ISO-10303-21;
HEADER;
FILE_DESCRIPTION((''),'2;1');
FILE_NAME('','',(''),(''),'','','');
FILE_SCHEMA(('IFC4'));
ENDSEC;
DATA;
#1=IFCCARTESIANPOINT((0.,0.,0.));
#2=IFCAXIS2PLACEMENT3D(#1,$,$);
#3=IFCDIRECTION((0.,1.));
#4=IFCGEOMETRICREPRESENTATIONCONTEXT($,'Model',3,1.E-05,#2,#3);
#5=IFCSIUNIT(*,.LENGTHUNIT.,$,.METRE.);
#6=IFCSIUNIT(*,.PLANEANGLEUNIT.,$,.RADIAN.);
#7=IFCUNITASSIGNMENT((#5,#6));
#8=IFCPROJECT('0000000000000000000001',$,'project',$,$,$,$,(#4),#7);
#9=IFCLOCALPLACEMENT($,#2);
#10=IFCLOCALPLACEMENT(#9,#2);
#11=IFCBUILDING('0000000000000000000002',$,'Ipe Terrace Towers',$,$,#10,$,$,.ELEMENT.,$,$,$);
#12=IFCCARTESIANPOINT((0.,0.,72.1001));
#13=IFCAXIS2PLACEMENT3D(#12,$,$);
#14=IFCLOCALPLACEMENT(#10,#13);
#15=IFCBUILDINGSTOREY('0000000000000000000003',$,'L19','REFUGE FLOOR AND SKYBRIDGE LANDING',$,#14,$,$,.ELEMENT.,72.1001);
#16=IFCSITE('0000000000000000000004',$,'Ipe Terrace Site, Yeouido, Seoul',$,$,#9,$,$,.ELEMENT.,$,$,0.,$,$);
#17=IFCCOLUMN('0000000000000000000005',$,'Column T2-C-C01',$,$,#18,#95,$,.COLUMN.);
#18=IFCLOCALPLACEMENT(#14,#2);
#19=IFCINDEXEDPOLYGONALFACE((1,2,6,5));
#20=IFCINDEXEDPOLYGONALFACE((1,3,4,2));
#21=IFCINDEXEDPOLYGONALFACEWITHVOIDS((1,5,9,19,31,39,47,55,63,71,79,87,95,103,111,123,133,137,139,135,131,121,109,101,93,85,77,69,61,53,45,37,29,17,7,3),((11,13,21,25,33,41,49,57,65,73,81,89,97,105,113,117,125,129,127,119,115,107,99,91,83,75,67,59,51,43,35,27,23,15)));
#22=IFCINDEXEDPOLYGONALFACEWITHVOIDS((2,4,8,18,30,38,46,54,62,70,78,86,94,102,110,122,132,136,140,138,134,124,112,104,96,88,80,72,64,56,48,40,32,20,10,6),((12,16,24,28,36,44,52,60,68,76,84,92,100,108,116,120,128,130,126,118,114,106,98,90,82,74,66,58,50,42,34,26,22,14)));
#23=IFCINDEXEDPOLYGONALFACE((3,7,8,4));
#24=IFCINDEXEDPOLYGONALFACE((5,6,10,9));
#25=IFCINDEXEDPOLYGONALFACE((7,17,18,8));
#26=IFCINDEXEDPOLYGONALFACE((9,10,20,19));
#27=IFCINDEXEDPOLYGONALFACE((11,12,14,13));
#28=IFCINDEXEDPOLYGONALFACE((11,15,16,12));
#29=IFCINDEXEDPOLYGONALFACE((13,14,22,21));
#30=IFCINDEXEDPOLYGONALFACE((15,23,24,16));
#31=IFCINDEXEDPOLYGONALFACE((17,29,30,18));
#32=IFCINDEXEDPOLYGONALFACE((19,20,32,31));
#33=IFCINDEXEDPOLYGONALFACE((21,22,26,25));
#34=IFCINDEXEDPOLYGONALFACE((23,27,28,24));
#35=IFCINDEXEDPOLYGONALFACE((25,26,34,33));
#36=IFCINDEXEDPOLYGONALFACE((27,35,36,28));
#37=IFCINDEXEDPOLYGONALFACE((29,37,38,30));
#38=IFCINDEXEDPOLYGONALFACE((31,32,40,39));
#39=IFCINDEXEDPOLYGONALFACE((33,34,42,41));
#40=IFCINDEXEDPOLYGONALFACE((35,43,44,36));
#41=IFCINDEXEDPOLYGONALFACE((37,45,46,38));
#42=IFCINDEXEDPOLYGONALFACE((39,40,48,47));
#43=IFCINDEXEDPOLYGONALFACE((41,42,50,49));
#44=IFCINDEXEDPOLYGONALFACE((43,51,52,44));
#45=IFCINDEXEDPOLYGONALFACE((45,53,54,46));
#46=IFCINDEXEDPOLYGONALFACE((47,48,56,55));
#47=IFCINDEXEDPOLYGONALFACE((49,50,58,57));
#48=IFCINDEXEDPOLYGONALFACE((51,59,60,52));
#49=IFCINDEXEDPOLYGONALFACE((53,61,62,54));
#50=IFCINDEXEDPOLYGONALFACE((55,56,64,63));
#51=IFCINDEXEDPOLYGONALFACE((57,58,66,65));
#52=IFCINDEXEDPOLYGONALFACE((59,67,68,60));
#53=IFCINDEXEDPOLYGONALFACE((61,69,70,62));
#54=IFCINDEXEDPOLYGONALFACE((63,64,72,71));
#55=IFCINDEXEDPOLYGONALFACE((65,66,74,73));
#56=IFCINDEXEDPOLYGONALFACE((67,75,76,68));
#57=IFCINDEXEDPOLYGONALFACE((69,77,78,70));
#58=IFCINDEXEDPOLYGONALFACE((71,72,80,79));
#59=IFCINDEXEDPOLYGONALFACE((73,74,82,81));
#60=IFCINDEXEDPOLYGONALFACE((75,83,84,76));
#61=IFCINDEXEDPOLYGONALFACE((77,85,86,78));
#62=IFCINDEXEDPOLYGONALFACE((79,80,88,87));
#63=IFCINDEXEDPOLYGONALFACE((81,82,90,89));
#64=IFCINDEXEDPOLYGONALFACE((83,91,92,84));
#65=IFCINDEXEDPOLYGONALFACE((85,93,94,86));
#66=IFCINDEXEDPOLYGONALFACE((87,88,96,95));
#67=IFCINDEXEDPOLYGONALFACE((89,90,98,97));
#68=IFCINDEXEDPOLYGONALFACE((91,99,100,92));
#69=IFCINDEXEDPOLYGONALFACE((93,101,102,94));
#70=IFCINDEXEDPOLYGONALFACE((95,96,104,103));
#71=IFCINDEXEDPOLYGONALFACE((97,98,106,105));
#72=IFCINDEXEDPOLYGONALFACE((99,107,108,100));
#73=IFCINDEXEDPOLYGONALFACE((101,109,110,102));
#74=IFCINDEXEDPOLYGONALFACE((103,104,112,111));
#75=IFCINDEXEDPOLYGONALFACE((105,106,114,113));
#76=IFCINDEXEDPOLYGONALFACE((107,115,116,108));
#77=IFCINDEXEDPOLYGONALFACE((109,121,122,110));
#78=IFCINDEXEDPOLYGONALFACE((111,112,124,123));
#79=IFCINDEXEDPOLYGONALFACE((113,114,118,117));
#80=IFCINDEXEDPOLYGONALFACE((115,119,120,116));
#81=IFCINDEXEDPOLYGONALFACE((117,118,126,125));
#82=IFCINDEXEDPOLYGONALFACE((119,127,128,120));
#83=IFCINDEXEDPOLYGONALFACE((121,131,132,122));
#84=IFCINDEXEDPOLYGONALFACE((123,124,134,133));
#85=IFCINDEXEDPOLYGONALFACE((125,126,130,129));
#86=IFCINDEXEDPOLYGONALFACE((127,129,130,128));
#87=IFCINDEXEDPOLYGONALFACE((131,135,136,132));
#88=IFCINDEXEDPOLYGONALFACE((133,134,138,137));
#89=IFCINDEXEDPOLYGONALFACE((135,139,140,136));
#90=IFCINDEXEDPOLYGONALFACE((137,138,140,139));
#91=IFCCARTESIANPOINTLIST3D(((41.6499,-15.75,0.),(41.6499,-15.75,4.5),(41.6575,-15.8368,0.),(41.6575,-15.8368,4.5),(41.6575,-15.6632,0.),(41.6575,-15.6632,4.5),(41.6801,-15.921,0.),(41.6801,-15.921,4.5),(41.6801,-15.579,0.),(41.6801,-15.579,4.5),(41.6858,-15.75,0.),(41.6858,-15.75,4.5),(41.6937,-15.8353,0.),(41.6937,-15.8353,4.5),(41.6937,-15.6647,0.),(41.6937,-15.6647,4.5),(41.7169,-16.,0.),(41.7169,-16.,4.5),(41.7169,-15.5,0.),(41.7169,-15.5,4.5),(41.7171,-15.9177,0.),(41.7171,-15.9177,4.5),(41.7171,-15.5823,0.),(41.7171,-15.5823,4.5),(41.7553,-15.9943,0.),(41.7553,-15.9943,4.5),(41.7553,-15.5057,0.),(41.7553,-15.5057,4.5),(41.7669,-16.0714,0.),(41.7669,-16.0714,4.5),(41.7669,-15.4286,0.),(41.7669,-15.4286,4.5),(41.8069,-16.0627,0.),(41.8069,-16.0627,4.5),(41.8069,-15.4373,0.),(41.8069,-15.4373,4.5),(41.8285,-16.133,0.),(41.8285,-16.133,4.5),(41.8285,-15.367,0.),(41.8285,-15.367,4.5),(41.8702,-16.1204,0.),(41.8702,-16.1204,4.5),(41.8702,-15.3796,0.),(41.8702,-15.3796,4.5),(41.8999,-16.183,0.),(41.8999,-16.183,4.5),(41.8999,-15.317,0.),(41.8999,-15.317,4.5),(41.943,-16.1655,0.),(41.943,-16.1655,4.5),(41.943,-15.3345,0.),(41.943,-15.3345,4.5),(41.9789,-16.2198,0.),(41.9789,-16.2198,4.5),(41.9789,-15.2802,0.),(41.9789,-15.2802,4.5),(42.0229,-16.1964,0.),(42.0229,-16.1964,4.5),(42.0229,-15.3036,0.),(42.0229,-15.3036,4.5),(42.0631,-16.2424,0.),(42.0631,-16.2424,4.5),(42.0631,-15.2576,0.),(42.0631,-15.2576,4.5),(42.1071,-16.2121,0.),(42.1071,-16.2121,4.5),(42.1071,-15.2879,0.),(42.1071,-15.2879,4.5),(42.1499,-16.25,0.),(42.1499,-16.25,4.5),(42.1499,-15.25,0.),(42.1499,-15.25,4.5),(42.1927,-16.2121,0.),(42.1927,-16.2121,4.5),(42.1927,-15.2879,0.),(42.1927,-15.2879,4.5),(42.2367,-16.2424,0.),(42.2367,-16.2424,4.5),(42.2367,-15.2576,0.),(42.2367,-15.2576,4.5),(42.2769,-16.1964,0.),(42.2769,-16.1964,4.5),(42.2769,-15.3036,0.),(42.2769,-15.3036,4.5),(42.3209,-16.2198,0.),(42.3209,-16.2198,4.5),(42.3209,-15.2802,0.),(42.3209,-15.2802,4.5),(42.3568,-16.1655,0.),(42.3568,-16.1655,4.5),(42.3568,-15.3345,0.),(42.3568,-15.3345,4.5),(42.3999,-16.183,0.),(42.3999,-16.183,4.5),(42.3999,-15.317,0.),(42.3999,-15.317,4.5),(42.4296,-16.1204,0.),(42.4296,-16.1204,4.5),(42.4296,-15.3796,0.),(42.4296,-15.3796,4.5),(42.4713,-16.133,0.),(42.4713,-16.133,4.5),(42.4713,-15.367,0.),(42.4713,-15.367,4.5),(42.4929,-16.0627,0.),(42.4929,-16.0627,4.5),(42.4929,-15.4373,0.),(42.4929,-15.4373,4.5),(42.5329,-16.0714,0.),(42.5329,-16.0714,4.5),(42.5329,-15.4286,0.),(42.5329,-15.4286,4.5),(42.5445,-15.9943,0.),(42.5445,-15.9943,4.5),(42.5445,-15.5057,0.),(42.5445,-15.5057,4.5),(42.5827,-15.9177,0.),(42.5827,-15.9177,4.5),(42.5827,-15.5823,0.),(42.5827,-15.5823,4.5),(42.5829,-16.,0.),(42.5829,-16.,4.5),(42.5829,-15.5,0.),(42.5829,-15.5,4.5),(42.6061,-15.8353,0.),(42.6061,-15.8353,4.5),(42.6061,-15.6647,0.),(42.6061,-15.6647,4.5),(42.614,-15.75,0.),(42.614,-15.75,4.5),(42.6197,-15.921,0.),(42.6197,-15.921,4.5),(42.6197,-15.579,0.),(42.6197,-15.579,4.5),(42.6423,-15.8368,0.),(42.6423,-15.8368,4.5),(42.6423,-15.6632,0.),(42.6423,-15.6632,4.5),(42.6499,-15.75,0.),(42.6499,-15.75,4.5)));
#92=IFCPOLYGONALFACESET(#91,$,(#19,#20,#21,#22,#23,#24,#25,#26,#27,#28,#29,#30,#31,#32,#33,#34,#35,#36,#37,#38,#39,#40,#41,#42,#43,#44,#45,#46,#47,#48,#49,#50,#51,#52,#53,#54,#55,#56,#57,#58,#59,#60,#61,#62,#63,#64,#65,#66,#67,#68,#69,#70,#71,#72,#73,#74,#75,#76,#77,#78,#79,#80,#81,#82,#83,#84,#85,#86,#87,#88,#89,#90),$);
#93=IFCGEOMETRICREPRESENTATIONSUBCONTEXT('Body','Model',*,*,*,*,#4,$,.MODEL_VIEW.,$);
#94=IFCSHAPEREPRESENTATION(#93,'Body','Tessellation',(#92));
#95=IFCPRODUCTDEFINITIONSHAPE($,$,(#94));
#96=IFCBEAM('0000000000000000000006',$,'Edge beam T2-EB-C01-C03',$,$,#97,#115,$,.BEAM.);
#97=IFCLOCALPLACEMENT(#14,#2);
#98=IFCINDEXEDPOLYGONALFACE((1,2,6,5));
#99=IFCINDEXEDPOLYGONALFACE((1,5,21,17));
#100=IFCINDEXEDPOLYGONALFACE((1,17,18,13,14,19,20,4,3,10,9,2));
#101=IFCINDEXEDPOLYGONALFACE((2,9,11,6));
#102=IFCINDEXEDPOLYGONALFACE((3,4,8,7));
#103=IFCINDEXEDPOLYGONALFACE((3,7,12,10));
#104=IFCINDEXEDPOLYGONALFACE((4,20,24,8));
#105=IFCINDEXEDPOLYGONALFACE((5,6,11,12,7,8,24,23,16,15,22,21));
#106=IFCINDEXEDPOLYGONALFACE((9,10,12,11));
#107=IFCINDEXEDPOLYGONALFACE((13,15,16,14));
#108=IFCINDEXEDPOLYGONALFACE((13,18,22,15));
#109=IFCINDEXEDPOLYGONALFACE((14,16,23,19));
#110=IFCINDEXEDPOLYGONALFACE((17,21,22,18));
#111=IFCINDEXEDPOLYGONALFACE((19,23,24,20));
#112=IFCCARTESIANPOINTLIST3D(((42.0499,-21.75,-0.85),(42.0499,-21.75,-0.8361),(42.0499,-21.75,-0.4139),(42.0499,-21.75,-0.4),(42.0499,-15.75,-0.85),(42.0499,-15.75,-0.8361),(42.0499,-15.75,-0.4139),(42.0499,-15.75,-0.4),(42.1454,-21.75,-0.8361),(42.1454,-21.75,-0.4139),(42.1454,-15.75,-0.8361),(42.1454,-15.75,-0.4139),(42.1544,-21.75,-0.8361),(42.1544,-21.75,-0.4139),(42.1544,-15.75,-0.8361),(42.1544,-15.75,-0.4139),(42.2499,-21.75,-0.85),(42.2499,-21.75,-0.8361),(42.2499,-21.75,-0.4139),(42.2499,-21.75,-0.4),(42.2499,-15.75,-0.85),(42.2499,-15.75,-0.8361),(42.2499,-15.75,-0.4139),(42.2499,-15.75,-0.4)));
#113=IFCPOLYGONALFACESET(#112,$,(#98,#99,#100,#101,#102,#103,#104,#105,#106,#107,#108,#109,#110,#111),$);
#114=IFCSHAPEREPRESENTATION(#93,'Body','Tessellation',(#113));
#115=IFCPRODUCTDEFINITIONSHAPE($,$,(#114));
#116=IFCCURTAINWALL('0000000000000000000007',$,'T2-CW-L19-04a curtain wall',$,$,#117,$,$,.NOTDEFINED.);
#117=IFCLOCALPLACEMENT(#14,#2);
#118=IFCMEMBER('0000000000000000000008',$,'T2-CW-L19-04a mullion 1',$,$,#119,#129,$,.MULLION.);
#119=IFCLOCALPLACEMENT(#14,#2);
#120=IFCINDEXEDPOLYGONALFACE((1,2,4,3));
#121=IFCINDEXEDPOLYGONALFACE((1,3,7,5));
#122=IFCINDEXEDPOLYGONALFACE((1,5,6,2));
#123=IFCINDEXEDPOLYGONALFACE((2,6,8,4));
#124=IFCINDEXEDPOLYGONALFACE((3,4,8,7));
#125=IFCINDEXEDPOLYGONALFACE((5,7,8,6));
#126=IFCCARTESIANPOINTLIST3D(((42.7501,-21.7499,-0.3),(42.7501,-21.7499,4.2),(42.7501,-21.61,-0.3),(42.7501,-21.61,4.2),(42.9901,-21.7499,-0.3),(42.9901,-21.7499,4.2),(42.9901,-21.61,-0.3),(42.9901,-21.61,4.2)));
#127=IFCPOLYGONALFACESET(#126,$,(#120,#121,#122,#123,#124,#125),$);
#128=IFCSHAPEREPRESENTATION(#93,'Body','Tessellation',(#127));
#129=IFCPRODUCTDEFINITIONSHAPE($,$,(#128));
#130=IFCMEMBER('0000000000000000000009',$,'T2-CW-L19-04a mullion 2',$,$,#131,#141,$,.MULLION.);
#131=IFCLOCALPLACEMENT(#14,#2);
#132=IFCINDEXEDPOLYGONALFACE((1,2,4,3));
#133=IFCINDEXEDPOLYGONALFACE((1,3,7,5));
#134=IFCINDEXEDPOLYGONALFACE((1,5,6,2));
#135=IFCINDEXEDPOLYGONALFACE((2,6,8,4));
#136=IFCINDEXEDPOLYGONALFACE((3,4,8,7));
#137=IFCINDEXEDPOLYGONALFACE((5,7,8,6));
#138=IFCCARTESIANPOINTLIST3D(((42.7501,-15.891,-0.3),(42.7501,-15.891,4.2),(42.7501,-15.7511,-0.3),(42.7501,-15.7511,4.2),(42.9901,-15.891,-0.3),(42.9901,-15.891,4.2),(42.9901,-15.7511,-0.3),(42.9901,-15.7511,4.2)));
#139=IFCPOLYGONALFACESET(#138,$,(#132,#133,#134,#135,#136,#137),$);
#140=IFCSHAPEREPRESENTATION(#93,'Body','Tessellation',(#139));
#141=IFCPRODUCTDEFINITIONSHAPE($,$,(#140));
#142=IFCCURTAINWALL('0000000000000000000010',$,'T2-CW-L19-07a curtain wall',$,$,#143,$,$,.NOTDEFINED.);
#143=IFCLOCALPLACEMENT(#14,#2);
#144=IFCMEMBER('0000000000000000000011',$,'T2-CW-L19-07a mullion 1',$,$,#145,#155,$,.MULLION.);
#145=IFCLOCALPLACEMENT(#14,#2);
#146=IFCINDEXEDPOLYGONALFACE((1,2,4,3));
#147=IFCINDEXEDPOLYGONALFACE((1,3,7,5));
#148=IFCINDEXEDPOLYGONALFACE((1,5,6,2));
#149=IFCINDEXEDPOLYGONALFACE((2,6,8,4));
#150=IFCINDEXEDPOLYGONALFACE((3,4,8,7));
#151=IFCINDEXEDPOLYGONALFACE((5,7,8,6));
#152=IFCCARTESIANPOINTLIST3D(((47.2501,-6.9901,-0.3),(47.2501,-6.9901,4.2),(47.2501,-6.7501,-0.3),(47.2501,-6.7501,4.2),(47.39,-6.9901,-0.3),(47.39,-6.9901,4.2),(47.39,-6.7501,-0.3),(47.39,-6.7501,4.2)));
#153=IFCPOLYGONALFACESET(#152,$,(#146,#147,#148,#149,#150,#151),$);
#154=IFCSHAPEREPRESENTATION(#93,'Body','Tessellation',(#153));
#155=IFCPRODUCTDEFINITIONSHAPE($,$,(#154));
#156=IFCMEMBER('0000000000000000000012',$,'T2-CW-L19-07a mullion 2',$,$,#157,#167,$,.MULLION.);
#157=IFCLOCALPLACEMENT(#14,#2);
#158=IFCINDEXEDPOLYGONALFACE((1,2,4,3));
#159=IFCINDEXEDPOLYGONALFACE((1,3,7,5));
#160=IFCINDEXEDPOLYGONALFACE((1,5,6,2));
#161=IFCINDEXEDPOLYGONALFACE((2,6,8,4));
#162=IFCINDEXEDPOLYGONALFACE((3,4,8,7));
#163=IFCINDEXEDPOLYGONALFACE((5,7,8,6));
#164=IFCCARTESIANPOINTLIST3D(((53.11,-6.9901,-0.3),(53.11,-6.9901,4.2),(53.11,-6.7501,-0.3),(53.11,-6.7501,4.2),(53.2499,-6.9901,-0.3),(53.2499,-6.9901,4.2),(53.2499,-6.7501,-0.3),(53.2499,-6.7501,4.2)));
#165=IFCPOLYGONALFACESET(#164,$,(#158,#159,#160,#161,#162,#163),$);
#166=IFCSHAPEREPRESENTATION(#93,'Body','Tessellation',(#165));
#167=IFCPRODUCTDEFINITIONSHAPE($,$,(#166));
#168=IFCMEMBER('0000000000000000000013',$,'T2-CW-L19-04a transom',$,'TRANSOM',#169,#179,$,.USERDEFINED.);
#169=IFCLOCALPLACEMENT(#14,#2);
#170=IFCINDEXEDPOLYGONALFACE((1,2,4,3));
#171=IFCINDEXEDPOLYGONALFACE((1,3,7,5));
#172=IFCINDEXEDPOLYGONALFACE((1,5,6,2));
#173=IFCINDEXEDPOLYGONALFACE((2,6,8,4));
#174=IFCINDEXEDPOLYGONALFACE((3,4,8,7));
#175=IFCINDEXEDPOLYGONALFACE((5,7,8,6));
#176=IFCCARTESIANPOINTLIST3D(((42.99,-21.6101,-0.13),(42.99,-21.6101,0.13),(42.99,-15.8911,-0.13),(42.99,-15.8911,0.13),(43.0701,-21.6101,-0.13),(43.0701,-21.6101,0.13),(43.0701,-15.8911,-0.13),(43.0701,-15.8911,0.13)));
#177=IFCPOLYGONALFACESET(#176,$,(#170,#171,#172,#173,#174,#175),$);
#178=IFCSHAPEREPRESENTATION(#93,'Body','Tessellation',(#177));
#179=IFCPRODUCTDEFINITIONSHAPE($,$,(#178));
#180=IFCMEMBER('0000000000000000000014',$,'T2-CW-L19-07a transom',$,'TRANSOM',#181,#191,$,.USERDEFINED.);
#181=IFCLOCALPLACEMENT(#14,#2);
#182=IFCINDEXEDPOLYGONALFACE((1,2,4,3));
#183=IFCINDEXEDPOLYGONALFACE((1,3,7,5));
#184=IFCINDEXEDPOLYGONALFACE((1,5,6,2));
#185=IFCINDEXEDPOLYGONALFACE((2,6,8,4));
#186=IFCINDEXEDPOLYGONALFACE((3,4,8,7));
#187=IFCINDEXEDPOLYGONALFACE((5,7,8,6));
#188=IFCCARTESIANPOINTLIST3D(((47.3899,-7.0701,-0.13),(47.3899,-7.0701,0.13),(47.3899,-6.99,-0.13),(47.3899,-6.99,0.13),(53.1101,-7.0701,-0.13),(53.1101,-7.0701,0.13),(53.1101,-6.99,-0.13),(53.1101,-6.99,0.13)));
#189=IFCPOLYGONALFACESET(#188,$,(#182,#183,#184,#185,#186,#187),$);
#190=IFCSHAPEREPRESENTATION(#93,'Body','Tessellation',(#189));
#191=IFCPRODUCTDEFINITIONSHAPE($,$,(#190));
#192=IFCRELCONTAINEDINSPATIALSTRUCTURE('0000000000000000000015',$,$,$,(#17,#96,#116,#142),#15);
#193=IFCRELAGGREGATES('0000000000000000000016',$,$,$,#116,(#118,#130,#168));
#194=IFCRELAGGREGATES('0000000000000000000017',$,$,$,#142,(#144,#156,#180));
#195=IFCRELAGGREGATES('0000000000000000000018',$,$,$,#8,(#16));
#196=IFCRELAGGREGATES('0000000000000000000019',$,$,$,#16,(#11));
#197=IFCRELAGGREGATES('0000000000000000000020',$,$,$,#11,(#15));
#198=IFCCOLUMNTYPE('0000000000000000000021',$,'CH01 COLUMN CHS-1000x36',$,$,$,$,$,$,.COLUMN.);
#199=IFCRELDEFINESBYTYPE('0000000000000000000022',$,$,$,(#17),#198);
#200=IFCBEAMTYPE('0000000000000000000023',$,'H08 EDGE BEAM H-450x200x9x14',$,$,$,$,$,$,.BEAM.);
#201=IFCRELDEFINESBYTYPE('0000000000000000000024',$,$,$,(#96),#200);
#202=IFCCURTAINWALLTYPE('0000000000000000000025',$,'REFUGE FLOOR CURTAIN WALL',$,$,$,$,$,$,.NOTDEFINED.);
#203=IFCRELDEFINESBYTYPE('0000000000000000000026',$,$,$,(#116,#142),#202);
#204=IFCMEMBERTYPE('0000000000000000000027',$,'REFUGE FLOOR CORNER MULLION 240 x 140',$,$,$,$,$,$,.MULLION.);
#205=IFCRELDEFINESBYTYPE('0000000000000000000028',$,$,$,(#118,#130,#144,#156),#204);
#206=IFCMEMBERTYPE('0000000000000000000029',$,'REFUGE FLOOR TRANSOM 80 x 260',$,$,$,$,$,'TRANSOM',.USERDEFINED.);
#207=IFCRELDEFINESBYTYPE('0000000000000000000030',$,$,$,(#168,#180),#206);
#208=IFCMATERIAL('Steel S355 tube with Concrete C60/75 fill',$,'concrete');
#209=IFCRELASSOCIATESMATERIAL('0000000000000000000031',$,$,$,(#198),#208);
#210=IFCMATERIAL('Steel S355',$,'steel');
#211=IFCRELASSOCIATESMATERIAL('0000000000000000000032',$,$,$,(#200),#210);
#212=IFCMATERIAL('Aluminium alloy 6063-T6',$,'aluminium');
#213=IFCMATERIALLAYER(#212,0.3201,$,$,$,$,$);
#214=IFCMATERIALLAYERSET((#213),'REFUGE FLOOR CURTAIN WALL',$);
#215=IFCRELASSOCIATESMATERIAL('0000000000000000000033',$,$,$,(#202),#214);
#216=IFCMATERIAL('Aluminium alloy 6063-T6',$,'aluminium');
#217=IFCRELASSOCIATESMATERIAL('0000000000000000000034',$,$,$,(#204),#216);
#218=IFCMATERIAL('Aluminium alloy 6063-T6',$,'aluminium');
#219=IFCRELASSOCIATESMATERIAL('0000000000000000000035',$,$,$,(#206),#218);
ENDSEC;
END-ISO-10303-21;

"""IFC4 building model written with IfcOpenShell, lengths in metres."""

from ifc_helpers import new_model, si_unit, direction, frame, origin, origin_2d, place, context, subcontext, project, spatial, rectangle, hollow_circle, i_section, extrude, material, layer, layer_set, material_profile, profile_set, type_object, element, aggregate, save


model = new_model("IFC4")

# Units and contexts
model_context = context("Model", 3, precision=1e-05, world=origin(), true_north=direction((0.0, 1.0)))
body_context = subcontext(model_context, "Body", "Model", "MODEL_VIEW")
ifc_project = project(units=[si_unit("LENGTHUNIT", "METRE"), si_unit("PLANEANGLEUNIT", "RADIAN")], contexts=[model_context])

# Site, building, storey
site_placement = place(None, origin())
site = spatial("IfcSite", under=ifc_project, at=site_placement, Name="Ipe Terrace Site, Yeouido, Seoul", CompositionType="ELEMENT", RefElevation=0.0)
building_placement = place(site_placement, origin())
building = spatial("IfcBuilding", under=site, at=building_placement, Name="Ipe Terrace Towers", CompositionType="ELEMENT")
storey_placement = place(building_placement, frame((0.0, 0.0, 72.1001)))
storey = spatial("IfcBuildingStorey", under=building, at=storey_placement, Name="L19", Description="REFUGE FLOOR AND SKYBRIDGE LANDING", CompositionType="ELEMENT", Elevation=72.1001)

# Column
ifc_material_1 = material(Name="Steel S355 tube with Concrete C60/75 fill", Category="concrete")
ifc_material_profile_1 = material_profile(ifc_material_1, hollow_circle(Radius=0.5, WallThickness=0.0359, at=origin_2d()), Name="CHS-1000x36")
ifc_profile_set_1 = profile_set([ifc_material_profile_1], Name="Steel S355 tube with Concrete C60/75 fill")
column_type = type_object("IfcColumnType", Name="CH01 COLUMN CHS-1000x36", PredefinedType="COLUMN", material=ifc_profile_set_1)
column_placement = place(storey_placement, frame((42.1499, -15.75, 0.0), z_axis=(0.0, 0.0, 1.0), x_axis=(1.0, 0.0, 0.0)))
element("IfcColumn", 1, at=column_placement, inside=storey, type_object=column_type, Name="Column T2-C-C01", PredefinedType="COLUMN", context=body_context, shape_type="SweptSolid", body=[
    extrude(hollow_circle(Radius=0.5, WallThickness=0.0359, at=origin_2d()), origin(), (0.0, 0.0, 1.0), 4.5),
])

# Beam
ifc_material_2 = material(Name="Steel S355", Category="steel")
ifc_material_profile_2 = material_profile(ifc_material_2, i_section(OverallWidth=0.2, OverallDepth=0.45, WebThickness=0.009, FlangeThickness=0.0139, at=origin_2d()), Name="H-450x200x9x14")
ifc_profile_set_2 = profile_set([ifc_material_profile_2], Name="Steel S355")
beam_type = type_object("IfcBeamType", Name="H08 EDGE BEAM H-450x200x9x14", PredefinedType="BEAM", material=ifc_profile_set_2)
beam_placement = place(storey_placement, frame((42.1499, -15.75, -0.625), z_axis=(0.0, -1.0, 0.0), x_axis=(1.0, 0.0, 0.0)))
element("IfcBeam", 2, at=beam_placement, inside=storey, type_object=beam_type, Name="Edge beam T2-EB-C01-C03", PredefinedType="BEAM", context=body_context, shape_type="SweptSolid", body=[
    extrude(i_section(OverallWidth=0.2, OverallDepth=0.45, WebThickness=0.009, FlangeThickness=0.0139, at=origin_2d()), origin(), (0.0, 0.0, 1.0), 6.0),
])

# Curtain walls, members
ifc_material_3 = material(Name="Aluminium alloy 6063-T6", Category="aluminium")
ifc_layer_1 = layer(ifc_material_3, 0.3201)
ifc_layer_set_1 = layer_set([ifc_layer_1], Name="REFUGE FLOOR CURTAIN WALL")
curtain_wall_type = type_object("IfcCurtainWallType", Name="REFUGE FLOOR CURTAIN WALL", PredefinedType="NOTDEFINED", material=ifc_layer_set_1)
curtain_wall_1_placement = place(storey_placement, origin())
curtain_wall_1 = element("IfcCurtainWall", 3, at=curtain_wall_1_placement, inside=storey, type_object=curtain_wall_type, Name="T2-CW-L19-04a curtain wall", PredefinedType="NOTDEFINED")
ifc_material_4 = material(Name="Aluminium alloy 6063-T6", Category="aluminium")
ifc_material_profile_3 = material_profile(ifc_material_4, rectangle(XDim=0.24, YDim=0.1399, at=origin_2d()), Name="REFUGE FLOOR CORNER MULLION 240 x 140")
ifc_profile_set_3 = profile_set([ifc_material_profile_3], Name="Aluminium alloy 6063-T6")
member_type_1 = type_object("IfcMemberType", Name="REFUGE FLOOR CORNER MULLION 240 x 140", PredefinedType="MULLION", material=ifc_profile_set_3)
member_1_placement = place(storey_placement, frame((42.8701, -21.6799, -0.3), z_axis=(0.0, 0.0, 1.0), x_axis=(1.0, 0.0, 0.0)))
member_1 = element("IfcMember", 4, at=member_1_placement, type_object=member_type_1, Name="T2-CW-L19-04a mullion 1", PredefinedType="MULLION", context=body_context, shape_type="SweptSolid", body=[
    extrude(rectangle(XDim=0.24, YDim=0.1399, at=origin_2d()), origin(), (0.0, 0.0, 1.0), 4.5),
])
member_2_placement = place(storey_placement, frame((42.8701, -15.821, -0.3), z_axis=(0.0, 0.0, 1.0), x_axis=(1.0, 0.0, 0.0)))
member_2 = element("IfcMember", 5, at=member_2_placement, type_object=member_type_1, Name="T2-CW-L19-04a mullion 2", PredefinedType="MULLION", context=body_context, shape_type="SweptSolid", body=[
    extrude(rectangle(XDim=0.24, YDim=0.1399, at=origin_2d()), origin(), (0.0, 0.0, 1.0), 4.5),
])
curtain_wall_2_placement = place(storey_placement, origin())
curtain_wall_2 = element("IfcCurtainWall", 6, at=curtain_wall_2_placement, inside=storey, type_object=curtain_wall_type, Name="T2-CW-L19-07a curtain wall", PredefinedType="NOTDEFINED")
member_3_placement = place(storey_placement, frame((47.3201, -6.8701, -0.3), z_axis=(0.0, 0.0, 1.0), x_axis=(0.0, -1.0, 0.0)))
member_3 = element("IfcMember", 7, at=member_3_placement, type_object=member_type_1, Name="T2-CW-L19-07a mullion 1", PredefinedType="MULLION", context=body_context, shape_type="SweptSolid", body=[
    extrude(rectangle(XDim=0.24, YDim=0.1399, at=origin_2d()), origin(), (0.0, 0.0, 1.0), 4.5),
])
member_4_placement = place(storey_placement, frame((53.1799, -6.8701, -0.3), z_axis=(0.0, 0.0, 1.0), x_axis=(0.0, -1.0, 0.0)))
member_4 = element("IfcMember", 8, at=member_4_placement, type_object=member_type_1, Name="T2-CW-L19-07a mullion 2", PredefinedType="MULLION", context=body_context, shape_type="SweptSolid", body=[
    extrude(rectangle(XDim=0.24, YDim=0.1399, at=origin_2d()), origin(), (0.0, 0.0, 1.0), 4.5),
])

# Members
ifc_material_5 = material(Name="Aluminium alloy 6063-T6", Category="aluminium")
ifc_material_profile_4 = material_profile(ifc_material_5, rectangle(XDim=0.0801, YDim=0.26, at=origin_2d()), Name="REFUGE FLOOR TRANSOM 80 x 260")
ifc_profile_set_4 = profile_set([ifc_material_profile_4], Name="Aluminium alloy 6063-T6")
member_type_2 = type_object("IfcMemberType", Name="REFUGE FLOOR TRANSOM 80 x 260", ElementType="TRANSOM", PredefinedType="USERDEFINED", material=ifc_profile_set_4)
member_5_placement = place(storey_placement, frame((43.03, -21.6101, 0.0), z_axis=(0.0, 1.0, 0.0), x_axis=(1.0, 0.0, 0.0)))
member_5 = element("IfcMember", 9, at=member_5_placement, type_object=member_type_2, Name="T2-CW-L19-04a transom", ObjectType="TRANSOM", PredefinedType="USERDEFINED", context=body_context, shape_type="SweptSolid", body=[
    extrude(rectangle(XDim=0.0801, YDim=0.26, at=origin_2d()), origin(), (0.0, 0.0, 1.0), 5.719),
])
member_6_placement = place(storey_placement, frame((47.3899, -7.03, 0.0), z_axis=(1.0, 0.0, 0.0), x_axis=(0.0, -1.0, 0.0)))
member_6 = element("IfcMember", 10, at=member_6_placement, type_object=member_type_2, Name="T2-CW-L19-07a transom", ObjectType="TRANSOM", PredefinedType="USERDEFINED", context=body_context, shape_type="SweptSolid", body=[
    extrude(rectangle(XDim=0.0801, YDim=0.26, at=origin_2d()), origin(), (0.0, 0.0, 1.0), 5.7202),
])

aggregate(curtain_wall_1, [member_1, member_2, member_5])
aggregate(curtain_wall_2, [member_3, member_4, member_6])

save(model, "model.ifc")
